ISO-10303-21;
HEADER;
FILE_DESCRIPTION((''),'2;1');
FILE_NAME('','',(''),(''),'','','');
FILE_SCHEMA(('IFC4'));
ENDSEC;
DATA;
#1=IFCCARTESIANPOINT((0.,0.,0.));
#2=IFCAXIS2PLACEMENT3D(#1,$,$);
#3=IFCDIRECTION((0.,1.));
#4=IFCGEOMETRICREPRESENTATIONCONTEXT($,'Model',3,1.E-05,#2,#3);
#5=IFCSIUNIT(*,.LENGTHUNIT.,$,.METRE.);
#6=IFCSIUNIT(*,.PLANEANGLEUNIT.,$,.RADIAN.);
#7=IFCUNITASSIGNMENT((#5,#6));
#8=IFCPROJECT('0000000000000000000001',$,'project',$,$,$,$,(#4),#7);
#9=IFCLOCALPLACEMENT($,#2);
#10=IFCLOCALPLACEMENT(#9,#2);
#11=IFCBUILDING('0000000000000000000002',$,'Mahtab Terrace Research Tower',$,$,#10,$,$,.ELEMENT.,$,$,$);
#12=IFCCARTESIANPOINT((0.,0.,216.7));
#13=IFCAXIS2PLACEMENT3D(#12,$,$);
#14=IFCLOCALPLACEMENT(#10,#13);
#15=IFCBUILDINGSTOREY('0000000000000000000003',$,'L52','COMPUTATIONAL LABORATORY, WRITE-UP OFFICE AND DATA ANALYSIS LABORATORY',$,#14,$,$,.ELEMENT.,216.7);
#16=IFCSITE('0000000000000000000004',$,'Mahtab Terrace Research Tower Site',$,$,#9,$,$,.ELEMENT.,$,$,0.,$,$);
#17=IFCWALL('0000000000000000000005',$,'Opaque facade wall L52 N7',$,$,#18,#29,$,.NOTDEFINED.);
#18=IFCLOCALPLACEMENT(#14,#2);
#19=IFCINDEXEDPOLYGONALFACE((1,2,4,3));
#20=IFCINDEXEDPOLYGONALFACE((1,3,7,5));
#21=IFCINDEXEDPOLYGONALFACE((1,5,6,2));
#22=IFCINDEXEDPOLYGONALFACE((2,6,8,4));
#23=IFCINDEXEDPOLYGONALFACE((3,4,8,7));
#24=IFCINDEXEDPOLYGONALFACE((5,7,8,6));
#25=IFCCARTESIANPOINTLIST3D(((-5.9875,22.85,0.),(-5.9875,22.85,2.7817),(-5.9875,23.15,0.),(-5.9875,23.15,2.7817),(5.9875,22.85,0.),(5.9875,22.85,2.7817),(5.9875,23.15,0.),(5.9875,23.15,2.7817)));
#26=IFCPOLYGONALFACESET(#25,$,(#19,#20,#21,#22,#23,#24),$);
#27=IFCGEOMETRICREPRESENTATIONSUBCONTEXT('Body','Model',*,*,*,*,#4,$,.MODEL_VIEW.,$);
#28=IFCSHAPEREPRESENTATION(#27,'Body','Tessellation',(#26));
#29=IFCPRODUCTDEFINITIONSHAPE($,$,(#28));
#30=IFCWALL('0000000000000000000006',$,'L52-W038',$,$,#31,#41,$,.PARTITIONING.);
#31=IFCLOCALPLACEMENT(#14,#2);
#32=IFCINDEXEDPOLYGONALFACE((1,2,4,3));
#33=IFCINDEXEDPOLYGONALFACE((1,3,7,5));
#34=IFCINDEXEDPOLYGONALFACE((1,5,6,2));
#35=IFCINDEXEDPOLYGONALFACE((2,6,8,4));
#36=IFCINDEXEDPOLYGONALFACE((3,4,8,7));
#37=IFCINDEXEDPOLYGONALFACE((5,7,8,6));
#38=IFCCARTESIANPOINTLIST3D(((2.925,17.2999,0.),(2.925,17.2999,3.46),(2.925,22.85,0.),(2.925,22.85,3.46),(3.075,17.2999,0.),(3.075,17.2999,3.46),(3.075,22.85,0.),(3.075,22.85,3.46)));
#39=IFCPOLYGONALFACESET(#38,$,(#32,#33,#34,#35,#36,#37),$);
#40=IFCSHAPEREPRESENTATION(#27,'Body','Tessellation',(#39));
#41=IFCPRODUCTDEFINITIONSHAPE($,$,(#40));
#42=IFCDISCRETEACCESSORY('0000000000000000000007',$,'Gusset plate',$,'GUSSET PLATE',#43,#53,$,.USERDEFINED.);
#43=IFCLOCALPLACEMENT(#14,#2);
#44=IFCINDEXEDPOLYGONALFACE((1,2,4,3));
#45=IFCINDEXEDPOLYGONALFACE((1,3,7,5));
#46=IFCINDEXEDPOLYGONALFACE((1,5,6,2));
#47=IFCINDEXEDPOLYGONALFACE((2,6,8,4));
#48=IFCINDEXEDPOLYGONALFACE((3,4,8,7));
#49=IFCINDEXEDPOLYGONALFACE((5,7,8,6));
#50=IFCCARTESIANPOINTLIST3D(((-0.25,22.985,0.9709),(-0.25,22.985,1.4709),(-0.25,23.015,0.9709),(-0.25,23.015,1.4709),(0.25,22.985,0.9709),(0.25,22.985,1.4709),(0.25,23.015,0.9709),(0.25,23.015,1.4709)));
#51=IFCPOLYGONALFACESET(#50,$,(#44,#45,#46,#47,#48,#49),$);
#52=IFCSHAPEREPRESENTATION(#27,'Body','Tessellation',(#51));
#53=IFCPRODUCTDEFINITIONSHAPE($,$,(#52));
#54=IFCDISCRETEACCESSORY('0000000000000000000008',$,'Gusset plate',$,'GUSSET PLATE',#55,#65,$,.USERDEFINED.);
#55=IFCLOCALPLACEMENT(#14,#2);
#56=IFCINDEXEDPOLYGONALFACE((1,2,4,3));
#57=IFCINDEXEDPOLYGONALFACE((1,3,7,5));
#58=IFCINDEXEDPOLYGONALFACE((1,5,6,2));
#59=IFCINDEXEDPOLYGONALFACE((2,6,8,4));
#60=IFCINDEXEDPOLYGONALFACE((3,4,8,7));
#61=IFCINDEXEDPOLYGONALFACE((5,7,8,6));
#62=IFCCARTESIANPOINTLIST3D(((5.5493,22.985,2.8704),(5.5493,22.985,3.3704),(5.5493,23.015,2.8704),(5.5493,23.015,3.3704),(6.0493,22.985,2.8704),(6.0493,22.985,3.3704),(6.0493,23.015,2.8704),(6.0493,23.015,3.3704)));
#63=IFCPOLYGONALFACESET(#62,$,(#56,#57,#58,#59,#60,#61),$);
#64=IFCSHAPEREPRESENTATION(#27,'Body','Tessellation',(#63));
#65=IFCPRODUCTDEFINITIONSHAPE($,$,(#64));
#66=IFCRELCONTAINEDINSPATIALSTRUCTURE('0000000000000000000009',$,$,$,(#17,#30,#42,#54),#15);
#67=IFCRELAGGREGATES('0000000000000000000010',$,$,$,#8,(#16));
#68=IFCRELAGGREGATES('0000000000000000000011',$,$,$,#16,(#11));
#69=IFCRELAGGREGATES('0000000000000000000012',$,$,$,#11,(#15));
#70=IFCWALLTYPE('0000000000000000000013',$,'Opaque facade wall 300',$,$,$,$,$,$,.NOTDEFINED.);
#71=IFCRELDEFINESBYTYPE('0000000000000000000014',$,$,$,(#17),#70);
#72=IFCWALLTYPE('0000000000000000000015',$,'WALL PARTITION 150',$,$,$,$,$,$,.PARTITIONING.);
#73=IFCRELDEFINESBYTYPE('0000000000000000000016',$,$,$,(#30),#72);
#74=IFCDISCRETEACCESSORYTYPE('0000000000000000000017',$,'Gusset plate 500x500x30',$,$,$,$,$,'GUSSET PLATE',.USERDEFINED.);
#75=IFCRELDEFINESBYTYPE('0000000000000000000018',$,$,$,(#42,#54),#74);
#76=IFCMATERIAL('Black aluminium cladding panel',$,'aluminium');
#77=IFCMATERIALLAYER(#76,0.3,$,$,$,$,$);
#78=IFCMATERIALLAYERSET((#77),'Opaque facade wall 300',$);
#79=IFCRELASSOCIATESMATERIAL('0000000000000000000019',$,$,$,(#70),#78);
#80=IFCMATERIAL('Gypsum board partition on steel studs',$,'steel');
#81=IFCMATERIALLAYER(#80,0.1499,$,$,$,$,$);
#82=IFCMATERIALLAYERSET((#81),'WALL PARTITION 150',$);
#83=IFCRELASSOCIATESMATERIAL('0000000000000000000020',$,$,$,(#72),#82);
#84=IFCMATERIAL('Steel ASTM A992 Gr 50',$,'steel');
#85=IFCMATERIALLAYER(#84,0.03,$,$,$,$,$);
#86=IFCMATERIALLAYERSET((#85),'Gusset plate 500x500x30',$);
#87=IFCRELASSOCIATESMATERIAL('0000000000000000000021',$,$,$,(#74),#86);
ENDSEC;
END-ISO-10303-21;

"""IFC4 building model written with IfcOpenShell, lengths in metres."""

from ifc_helpers import new_model, si_unit, direction, frame, frame_2d, origin, origin_2d, place, context, subcontext, project, spatial, rectangle, extrude, material, layer, layer_set, type_object, element, save


model = new_model("IFC4")

# Units and contexts
model_context = context("Model", 3, precision=1e-05, world=origin(), true_north=direction((0.0, 1.0)))
body_context = subcontext(model_context, "Body", "Model", "MODEL_VIEW")
ifc_project = project(units=[si_unit("LENGTHUNIT", "METRE"), si_unit("PLANEANGLEUNIT", "RADIAN")], contexts=[model_context])

# Site, building, storey
site_placement = place(None, origin())
site = spatial("IfcSite", under=ifc_project, at=site_placement, Name="Mahtab Terrace Research Tower Site", CompositionType="ELEMENT", RefElevation=0.0)
building_placement = place(site_placement, origin())
building = spatial("IfcBuilding", under=site, at=building_placement, Name="Mahtab Terrace Research Tower", CompositionType="ELEMENT")
storey_placement = place(building_placement, frame((0.0, 0.0, 216.7)))
storey = spatial("IfcBuildingStorey", under=building, at=storey_placement, Name="L52", Description="COMPUTATIONAL LABORATORY, WRITE-UP OFFICE AND DATA ANALYSIS LABORATORY", CompositionType="ELEMENT", Elevation=216.7)

# Shared definitions
ifc_material_1 = material(Name="Steel ASTM A992 Gr 50", Category="steel")

# Walls
ifc_material_2 = material(Name="Black aluminium cladding panel", Category="aluminium")
ifc_layer_1 = layer(ifc_material_2, 0.3)
ifc_layer_set_1 = layer_set([ifc_layer_1], Name="Opaque facade wall 300")
wall_type_1 = type_object("IfcWallType", Name="Opaque facade wall 300", PredefinedType="NOTDEFINED", material=ifc_layer_set_1)
wall_1_placement = place(storey_placement, frame((5.9875, 23.0, 0.0), z_axis=(0.0, 0.0, 1.0), x_axis=(-1.0, 0.0, 0.0)))
element("IfcWall", 1, at=wall_1_placement, inside=storey, type_object=wall_type_1, Name="Opaque facade wall L52 N7", PredefinedType="NOTDEFINED", context=body_context, shape_type="SweptSolid", body=[
    extrude(rectangle(XDim=11.9751, YDim=0.3, at=frame_2d((5.9875, 0.0))), origin(), (0.0, 0.0, 1.0), 2.7817),
])
ifc_material_3 = material(Name="Gypsum board partition on steel studs", Category="steel")
ifc_layer_2 = layer(ifc_material_3, 0.1499)
ifc_layer_set_2 = layer_set([ifc_layer_2], Name="WALL PARTITION 150")
wall_type_2 = type_object("IfcWallType", Name="WALL PARTITION 150", PredefinedType="PARTITIONING", material=ifc_layer_set_2)
wall_2_placement = place(storey_placement, frame((3.0, 17.3, 0.0), z_axis=(0.0, 0.0, 1.0), x_axis=(0.0, 1.0, 0.0)))
element("IfcWall", 2, at=wall_2_placement, inside=storey, type_object=wall_type_2, Name="L52-W038", PredefinedType="PARTITIONING", context=body_context, shape_type="SweptSolid", body=[
    extrude(rectangle(XDim=5.55, YDim=0.1499, at=frame_2d((2.7749, 0.0))), origin(), (0.0, 0.0, 1.0), 3.46),
])

# Discrete accessories
ifc_layer_3 = layer(ifc_material_1, 0.03)
ifc_layer_set_3 = layer_set([ifc_layer_3], Name="Gusset plate 500x500x30")
discrete_accessory_type = type_object("IfcDiscreteAccessoryType", Name="Gusset plate 500x500x30", ElementType="GUSSET PLATE", PredefinedType="USERDEFINED", material=ifc_layer_set_3)
for number, where, z_axis, x_axis, name in (
    (3, (0.0, 23.0, 0.9709), (0.0, 0.0, 1.0), (1.0, 0.0, 0.0), "Gusset plate"),
    (4, (5.7993, 23.0, 2.8704), (0.0, 0.0, 1.0), (1.0, 0.0, 0.0), "Gusset plate"),
):
    element("IfcDiscreteAccessory", number, at=place(storey_placement, frame(where, z_axis=z_axis, x_axis=x_axis)), inside=storey, type_object=discrete_accessory_type, Name=name, ObjectType="GUSSET PLATE", PredefinedType="USERDEFINED", context=body_context, shape_type="SweptSolid", body=[
        extrude(rectangle(XDim=0.5, YDim=0.03, at=origin_2d()), origin(), (0.0, 0.0, 1.0), 0.5),
    ])

save(model, "model.ifc")
